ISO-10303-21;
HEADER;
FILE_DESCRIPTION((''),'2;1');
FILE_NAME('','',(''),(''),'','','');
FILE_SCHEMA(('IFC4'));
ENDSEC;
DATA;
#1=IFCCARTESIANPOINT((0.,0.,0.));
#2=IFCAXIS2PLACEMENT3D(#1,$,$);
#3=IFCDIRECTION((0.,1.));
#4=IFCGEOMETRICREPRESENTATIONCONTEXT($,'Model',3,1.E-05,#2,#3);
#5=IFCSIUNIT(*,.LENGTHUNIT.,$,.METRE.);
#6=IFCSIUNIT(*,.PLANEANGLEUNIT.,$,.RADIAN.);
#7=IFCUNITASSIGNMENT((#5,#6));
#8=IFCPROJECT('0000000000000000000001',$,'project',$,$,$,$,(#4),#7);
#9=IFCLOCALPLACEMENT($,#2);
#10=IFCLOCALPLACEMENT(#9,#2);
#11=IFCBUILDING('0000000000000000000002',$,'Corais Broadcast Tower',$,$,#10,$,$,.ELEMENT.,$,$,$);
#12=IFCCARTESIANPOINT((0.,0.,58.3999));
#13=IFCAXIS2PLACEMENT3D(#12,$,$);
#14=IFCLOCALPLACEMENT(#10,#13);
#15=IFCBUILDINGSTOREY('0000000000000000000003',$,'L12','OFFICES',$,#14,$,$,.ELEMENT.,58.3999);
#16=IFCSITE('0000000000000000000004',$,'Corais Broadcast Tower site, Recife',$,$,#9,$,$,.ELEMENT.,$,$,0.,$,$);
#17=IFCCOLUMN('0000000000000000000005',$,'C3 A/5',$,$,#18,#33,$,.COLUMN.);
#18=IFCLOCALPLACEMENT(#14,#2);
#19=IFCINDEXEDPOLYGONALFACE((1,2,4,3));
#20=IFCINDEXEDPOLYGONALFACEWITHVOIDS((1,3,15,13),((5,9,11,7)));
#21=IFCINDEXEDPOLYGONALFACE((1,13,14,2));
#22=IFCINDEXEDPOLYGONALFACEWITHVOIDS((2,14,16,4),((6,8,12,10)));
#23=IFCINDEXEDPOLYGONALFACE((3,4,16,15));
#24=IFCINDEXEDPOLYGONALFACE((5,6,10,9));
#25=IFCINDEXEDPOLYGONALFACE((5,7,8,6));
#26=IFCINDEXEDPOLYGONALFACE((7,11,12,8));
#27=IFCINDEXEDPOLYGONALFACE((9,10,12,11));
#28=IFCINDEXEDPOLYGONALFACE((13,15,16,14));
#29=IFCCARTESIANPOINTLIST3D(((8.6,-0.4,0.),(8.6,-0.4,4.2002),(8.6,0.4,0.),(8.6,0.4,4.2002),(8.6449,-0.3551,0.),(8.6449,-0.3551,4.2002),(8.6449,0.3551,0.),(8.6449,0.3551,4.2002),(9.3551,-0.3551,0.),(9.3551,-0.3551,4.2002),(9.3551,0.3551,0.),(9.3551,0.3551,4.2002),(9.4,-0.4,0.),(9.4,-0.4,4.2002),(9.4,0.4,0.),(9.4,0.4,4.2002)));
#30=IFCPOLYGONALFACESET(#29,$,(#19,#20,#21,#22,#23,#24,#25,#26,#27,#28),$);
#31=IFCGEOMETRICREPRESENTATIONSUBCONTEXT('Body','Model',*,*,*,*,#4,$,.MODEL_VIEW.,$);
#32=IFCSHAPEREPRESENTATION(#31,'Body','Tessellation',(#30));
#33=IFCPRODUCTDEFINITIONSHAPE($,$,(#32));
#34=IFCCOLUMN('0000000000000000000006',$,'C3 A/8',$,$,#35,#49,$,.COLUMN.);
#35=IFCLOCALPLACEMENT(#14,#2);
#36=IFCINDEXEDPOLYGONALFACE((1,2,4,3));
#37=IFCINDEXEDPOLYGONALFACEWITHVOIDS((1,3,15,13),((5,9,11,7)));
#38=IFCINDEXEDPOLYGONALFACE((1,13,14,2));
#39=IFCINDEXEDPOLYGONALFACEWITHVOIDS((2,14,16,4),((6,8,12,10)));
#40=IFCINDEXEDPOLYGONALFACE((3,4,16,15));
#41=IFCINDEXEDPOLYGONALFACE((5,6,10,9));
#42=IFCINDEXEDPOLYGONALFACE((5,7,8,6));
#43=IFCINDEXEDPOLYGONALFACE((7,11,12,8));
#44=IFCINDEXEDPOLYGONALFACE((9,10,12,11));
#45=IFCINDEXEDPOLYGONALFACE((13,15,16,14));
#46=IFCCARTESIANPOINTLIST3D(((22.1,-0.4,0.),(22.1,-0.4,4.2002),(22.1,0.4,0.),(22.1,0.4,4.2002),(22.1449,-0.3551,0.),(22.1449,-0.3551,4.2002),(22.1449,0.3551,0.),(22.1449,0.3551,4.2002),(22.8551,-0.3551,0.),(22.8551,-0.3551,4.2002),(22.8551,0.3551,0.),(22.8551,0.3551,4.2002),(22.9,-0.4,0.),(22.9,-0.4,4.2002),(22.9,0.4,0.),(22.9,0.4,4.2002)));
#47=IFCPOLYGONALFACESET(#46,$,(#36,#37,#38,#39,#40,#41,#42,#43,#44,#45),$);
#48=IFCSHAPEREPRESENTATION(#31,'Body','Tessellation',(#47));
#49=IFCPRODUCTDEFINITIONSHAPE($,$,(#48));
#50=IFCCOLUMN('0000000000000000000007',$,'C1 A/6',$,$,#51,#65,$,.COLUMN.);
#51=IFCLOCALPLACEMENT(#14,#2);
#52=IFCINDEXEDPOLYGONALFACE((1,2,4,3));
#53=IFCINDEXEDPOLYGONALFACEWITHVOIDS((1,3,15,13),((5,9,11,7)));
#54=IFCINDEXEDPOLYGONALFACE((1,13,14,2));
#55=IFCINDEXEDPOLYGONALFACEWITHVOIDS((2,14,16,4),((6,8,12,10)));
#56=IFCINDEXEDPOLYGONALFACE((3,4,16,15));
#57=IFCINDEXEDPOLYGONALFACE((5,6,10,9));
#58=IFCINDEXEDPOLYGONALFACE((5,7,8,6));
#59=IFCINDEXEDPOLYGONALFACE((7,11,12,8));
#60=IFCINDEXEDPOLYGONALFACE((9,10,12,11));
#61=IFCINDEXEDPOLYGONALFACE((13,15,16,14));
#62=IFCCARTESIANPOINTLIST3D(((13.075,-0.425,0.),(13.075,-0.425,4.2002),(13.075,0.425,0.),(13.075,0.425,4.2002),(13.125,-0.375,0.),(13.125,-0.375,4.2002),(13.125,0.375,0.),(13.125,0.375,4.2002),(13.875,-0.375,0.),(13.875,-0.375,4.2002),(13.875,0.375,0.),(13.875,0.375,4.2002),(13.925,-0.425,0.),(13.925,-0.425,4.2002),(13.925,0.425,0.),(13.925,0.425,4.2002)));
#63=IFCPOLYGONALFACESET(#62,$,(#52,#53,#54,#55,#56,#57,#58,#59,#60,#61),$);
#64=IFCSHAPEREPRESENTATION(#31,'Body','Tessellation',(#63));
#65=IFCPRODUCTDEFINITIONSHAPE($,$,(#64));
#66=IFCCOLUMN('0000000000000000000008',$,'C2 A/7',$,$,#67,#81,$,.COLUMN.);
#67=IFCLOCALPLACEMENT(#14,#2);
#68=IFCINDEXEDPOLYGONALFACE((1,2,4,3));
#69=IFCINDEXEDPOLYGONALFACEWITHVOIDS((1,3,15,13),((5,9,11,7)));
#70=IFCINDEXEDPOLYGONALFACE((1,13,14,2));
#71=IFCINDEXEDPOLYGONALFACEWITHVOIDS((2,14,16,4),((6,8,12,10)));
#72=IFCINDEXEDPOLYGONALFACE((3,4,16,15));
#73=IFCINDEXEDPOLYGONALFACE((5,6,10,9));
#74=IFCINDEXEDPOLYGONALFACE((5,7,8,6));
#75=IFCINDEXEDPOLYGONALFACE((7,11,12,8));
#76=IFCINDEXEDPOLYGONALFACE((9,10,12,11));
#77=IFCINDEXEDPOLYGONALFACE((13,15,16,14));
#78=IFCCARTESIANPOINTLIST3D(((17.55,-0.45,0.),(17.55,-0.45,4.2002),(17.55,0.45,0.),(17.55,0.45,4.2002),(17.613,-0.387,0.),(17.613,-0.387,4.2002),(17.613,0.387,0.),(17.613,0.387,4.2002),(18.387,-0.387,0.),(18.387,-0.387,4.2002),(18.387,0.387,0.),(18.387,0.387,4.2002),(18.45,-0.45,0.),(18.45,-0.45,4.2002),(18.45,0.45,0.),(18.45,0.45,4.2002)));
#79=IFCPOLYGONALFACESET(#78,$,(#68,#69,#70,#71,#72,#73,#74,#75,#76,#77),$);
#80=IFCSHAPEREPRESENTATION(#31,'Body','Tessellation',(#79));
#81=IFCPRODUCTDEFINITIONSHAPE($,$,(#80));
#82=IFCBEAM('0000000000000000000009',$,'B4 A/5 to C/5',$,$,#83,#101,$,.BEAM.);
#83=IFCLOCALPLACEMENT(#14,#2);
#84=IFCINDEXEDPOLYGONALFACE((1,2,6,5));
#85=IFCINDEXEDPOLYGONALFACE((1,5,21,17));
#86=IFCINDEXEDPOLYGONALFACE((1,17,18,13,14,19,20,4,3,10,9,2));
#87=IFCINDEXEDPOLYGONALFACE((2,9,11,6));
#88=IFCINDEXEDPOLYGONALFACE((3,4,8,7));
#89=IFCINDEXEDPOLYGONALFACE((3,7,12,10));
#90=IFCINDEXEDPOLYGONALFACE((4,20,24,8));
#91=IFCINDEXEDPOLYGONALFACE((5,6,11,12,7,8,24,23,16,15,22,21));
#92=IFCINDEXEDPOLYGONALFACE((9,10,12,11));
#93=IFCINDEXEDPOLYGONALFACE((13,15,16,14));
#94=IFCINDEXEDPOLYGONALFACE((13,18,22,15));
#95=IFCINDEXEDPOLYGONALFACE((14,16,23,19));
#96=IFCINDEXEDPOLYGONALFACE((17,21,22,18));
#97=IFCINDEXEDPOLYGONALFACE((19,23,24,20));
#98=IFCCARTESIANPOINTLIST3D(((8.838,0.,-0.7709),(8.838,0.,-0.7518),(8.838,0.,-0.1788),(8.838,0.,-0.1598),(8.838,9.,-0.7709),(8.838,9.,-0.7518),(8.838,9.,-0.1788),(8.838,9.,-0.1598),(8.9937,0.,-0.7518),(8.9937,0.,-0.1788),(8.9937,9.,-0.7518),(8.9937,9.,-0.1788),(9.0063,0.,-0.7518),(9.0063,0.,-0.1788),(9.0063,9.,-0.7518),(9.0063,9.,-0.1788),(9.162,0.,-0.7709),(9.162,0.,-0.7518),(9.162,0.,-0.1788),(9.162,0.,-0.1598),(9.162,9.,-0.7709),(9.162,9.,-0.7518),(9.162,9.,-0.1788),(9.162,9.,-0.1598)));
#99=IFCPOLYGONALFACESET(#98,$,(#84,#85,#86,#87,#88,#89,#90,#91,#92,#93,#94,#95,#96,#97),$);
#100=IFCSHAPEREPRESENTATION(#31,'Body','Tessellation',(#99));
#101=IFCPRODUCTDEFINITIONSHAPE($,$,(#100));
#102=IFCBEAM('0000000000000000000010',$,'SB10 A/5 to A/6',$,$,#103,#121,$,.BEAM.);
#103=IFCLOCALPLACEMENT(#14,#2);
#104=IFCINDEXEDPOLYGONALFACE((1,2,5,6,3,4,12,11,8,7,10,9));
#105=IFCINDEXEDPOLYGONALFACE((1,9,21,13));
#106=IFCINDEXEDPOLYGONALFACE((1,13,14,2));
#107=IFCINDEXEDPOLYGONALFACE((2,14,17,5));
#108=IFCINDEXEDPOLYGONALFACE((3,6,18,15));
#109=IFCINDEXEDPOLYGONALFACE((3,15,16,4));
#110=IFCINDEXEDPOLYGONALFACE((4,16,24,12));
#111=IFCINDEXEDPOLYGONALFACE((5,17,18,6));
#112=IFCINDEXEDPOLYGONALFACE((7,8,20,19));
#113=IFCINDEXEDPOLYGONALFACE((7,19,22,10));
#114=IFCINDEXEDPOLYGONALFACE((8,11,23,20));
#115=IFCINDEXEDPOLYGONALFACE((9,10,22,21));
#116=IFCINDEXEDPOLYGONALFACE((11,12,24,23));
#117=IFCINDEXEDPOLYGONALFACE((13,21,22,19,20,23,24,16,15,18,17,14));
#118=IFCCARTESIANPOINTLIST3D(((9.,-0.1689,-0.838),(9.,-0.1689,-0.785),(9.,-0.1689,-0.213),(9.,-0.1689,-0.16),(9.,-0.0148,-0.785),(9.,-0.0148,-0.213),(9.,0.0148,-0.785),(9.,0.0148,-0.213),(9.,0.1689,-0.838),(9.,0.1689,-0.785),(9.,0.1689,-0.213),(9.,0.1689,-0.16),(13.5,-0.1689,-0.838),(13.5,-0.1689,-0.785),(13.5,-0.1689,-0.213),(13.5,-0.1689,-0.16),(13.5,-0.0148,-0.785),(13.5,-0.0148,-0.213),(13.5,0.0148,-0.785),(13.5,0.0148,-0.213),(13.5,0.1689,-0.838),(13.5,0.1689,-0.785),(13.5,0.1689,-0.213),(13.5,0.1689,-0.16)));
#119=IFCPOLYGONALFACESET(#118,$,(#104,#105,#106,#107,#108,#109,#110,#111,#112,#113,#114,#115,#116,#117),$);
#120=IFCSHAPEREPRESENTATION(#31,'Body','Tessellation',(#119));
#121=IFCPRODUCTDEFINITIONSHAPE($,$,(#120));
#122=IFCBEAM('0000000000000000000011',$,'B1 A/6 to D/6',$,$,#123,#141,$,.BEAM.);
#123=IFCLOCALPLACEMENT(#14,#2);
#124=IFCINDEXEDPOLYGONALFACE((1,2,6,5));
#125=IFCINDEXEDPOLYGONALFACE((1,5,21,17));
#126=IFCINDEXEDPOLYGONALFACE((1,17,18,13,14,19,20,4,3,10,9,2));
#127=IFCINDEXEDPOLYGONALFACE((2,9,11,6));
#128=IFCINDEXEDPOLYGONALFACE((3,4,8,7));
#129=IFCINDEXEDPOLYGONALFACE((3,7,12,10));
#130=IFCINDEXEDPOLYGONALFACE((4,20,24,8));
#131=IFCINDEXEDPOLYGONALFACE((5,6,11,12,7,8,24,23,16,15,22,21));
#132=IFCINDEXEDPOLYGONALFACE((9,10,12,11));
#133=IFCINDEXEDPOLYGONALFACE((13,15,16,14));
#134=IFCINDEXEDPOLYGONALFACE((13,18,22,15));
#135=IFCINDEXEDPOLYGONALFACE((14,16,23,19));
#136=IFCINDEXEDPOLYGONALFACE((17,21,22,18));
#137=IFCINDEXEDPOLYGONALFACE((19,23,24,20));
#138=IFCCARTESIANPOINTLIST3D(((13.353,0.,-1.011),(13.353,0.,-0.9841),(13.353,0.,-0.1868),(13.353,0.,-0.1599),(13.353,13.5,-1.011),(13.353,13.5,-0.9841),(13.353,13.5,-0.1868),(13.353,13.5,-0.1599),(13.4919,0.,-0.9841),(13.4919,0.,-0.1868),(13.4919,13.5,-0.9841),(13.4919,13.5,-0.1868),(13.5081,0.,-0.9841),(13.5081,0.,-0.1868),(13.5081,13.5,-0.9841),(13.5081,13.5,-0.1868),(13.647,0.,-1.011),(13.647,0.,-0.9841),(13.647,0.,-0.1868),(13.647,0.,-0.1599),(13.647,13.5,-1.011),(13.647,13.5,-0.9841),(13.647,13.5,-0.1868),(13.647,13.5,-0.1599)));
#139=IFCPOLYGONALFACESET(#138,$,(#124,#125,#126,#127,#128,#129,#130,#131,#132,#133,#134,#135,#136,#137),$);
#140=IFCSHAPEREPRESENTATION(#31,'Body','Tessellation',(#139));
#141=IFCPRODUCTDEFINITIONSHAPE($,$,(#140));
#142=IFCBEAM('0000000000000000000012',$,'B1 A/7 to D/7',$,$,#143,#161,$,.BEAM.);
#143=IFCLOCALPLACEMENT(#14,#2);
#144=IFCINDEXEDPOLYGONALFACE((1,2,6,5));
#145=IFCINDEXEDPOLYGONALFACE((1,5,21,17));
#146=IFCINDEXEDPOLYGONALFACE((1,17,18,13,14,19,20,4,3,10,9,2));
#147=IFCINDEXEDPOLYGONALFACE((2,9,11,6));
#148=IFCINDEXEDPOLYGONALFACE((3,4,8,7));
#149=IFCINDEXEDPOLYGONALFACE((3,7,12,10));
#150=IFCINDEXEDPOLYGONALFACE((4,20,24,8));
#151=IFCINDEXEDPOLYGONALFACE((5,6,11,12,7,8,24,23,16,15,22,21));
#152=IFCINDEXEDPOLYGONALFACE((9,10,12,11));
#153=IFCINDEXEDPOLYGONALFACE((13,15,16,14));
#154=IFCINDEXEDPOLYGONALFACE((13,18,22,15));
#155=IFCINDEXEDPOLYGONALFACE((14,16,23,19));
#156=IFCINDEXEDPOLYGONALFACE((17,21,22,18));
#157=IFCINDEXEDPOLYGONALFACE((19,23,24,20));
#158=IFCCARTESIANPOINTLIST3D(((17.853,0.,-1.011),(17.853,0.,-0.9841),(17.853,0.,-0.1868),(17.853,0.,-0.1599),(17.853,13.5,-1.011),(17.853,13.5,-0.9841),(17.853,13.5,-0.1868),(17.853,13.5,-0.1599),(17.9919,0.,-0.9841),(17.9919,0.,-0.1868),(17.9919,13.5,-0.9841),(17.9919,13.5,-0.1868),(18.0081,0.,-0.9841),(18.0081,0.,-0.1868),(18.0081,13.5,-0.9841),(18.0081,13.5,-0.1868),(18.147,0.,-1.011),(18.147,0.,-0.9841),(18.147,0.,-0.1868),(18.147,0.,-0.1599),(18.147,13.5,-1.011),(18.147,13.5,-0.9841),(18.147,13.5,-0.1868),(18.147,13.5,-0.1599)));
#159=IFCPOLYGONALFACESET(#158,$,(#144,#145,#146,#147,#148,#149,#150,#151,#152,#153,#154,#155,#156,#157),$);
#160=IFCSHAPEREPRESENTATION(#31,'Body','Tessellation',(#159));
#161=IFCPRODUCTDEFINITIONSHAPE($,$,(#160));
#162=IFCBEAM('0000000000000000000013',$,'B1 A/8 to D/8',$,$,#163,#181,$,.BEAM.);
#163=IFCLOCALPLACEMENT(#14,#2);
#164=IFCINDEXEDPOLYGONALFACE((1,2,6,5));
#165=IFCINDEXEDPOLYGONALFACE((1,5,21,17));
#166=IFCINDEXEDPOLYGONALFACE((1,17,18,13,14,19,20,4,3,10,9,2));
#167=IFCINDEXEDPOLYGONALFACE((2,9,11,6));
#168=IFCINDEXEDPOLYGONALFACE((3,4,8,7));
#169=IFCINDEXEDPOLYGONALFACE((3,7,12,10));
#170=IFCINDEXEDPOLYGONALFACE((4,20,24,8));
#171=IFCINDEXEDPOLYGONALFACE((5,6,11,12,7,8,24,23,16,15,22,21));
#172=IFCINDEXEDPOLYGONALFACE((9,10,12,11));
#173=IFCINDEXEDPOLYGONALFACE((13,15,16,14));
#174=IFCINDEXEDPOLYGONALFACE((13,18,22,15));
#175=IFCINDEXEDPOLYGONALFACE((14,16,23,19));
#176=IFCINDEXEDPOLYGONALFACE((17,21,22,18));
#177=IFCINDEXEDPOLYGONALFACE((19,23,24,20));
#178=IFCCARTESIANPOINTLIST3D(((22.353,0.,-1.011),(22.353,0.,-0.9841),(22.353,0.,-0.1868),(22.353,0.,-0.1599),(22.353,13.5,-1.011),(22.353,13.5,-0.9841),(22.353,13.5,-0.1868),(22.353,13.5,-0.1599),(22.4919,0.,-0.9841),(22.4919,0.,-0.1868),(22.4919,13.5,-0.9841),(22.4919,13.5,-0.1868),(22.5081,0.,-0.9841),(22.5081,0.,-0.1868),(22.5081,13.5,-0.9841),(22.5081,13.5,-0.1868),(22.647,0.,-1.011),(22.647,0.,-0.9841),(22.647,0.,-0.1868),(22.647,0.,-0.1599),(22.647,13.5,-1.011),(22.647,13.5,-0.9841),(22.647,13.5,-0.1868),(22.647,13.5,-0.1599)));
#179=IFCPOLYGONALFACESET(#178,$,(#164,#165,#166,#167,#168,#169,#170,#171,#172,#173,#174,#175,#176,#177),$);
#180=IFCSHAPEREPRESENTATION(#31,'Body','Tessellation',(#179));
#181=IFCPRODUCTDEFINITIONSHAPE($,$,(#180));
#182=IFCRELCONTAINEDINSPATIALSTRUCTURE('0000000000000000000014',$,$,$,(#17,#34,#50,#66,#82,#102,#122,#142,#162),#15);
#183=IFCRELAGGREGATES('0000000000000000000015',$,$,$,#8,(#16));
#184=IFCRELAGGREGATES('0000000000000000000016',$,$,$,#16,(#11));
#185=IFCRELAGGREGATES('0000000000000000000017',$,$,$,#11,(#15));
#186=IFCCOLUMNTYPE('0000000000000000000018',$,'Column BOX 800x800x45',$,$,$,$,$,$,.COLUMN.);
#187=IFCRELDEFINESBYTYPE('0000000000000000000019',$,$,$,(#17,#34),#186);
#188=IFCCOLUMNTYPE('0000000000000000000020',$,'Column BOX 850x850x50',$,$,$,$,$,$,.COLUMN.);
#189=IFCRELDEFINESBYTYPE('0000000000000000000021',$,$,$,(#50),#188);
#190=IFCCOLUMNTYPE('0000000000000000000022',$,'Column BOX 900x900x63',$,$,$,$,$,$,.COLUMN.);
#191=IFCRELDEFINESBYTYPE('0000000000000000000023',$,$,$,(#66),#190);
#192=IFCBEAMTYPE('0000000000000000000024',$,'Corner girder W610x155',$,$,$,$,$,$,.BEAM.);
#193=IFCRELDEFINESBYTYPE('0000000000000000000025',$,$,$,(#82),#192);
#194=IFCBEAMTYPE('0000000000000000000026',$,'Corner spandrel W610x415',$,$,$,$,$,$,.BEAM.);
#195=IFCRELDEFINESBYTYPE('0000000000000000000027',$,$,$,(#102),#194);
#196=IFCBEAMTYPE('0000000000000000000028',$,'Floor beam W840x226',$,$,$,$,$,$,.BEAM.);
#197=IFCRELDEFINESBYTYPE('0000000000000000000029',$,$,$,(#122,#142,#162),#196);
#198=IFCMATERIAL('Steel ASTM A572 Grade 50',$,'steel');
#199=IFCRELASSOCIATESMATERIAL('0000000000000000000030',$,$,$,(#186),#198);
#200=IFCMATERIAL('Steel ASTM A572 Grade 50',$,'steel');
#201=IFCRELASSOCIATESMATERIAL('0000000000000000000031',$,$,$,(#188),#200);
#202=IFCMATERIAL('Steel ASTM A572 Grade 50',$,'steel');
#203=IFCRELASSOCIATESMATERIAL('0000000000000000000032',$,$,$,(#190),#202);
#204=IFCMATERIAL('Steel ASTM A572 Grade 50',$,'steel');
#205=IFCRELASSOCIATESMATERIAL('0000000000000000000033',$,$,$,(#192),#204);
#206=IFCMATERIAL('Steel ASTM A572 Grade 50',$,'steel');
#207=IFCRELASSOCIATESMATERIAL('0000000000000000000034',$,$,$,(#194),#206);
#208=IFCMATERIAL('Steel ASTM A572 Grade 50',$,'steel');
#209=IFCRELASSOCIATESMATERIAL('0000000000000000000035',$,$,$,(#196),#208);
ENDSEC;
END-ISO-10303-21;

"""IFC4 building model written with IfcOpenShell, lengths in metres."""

from ifc_helpers import new_model, si_unit, direction, frame, origin, origin_2d, place, context, subcontext, project, spatial, hollow_rectangle, i_section, extrude, material, material_profile, profile_set, type_object, element, save


model = new_model("IFC4")

# Units and contexts
model_context = context("Model", 3, precision=1e-05, world=origin(), true_north=direction((0.0, 1.0)))
body_context = subcontext(model_context, "Body", "Model", "MODEL_VIEW")
ifc_project = project(units=[si_unit("LENGTHUNIT", "METRE"), si_unit("PLANEANGLEUNIT", "RADIAN")], contexts=[model_context])

# Site, building, storey
site_placement = place(None, origin())
site = spatial("IfcSite", under=ifc_project, at=site_placement, Name="Corais Broadcast Tower site, Recife", CompositionType="ELEMENT", RefElevation=0.0)
building_placement = place(site_placement, origin())
building = spatial("IfcBuilding", under=site, at=building_placement, Name="Corais Broadcast Tower", CompositionType="ELEMENT")
storey_placement = place(building_placement, frame((0.0, 0.0, 58.3999)))
storey = spatial("IfcBuildingStorey", under=building, at=storey_placement, Name="L12", Description="OFFICES", CompositionType="ELEMENT", Elevation=58.3999)

# Columns
ifc_material_1 = material(Name="Steel ASTM A572 Grade 50", Category="steel")
ifc_material_profile_1 = material_profile(ifc_material_1, hollow_rectangle(XDim=0.8, YDim=0.8, WallThickness=0.0449, at=origin_2d()), Name="BOX 800x800x45")
ifc_profile_set_1 = profile_set([ifc_material_profile_1], Name="Steel ASTM A572 Grade 50")
column_type_1 = type_object("IfcColumnType", Name="Column BOX 800x800x45", PredefinedType="COLUMN", material=ifc_profile_set_1)
for number, where, z_axis, x_axis, name in (
    (1, (9.0, 0.0, 0.0), (0.0, 0.0, 1.0), (1.0, 0.0, 0.0), "C3 A/5"),
    (2, (22.5, 0.0, 0.0), (0.0, 0.0, 1.0), (1.0, 0.0, 0.0), "C3 A/8"),
):
    element("IfcColumn", number, at=place(storey_placement, frame(where, z_axis=z_axis, x_axis=x_axis)), inside=storey, type_object=column_type_1, Name=name, PredefinedType="COLUMN", context=body_context, shape_type="SweptSolid", body=[
        extrude(hollow_rectangle(XDim=0.8, YDim=0.8, WallThickness=0.0449, at=origin_2d()), origin(), (0.0, 0.0, 1.0), 4.2002),
    ])
ifc_material_2 = material(Name="Steel ASTM A572 Grade 50", Category="steel")
ifc_material_profile_2 = material_profile(ifc_material_2, hollow_rectangle(XDim=0.8501, YDim=0.8501, WallThickness=0.05, at=origin_2d()), Name="BOX 850x850x50")
ifc_profile_set_2 = profile_set([ifc_material_profile_2], Name="Steel ASTM A572 Grade 50")
column_type_2 = type_object("IfcColumnType", Name="Column BOX 850x850x50", PredefinedType="COLUMN", material=ifc_profile_set_2)
column_1_placement = place(storey_placement, frame((13.5, 0.0, 0.0), z_axis=(0.0, 0.0, 1.0), x_axis=(1.0, 0.0, 0.0)))
element("IfcColumn", 3, at=column_1_placement, inside=storey, type_object=column_type_2, Name="C1 A/6", PredefinedType="COLUMN", context=body_context, shape_type="SweptSolid", body=[
    extrude(hollow_rectangle(XDim=0.8501, YDim=0.8501, WallThickness=0.05, at=origin_2d()), origin(), (0.0, 0.0, 1.0), 4.2002),
])
ifc_material_3 = material(Name="Steel ASTM A572 Grade 50", Category="steel")
ifc_material_profile_3 = material_profile(ifc_material_3, hollow_rectangle(XDim=0.8999, YDim=0.8999, WallThickness=0.063, at=origin_2d()), Name="BOX 900x900x63")
ifc_profile_set_3 = profile_set([ifc_material_profile_3], Name="Steel ASTM A572 Grade 50")
column_type_3 = type_object("IfcColumnType", Name="Column BOX 900x900x63", PredefinedType="COLUMN", material=ifc_profile_set_3)
column_2_placement = place(storey_placement, frame((18.0, 0.0, 0.0), z_axis=(0.0, 0.0, 1.0), x_axis=(1.0, 0.0, 0.0)))
element("IfcColumn", 4, at=column_2_placement, inside=storey, type_object=column_type_3, Name="C2 A/7", PredefinedType="COLUMN", context=body_context, shape_type="SweptSolid", body=[
    extrude(hollow_rectangle(XDim=0.8999, YDim=0.8999, WallThickness=0.063, at=origin_2d()), origin(), (0.0, 0.0, 1.0), 4.2002),
])

# Beams
ifc_material_4 = material(Name="Steel ASTM A572 Grade 50", Category="steel")
ifc_material_profile_4 = material_profile(ifc_material_4, i_section(OverallWidth=0.324, OverallDepth=0.6111, WebThickness=0.0127, FlangeThickness=0.019, at=origin_2d()), Name="W610x155")
ifc_profile_set_4 = profile_set([ifc_material_profile_4], Name="Steel ASTM A572 Grade 50")
beam_type_1 = type_object("IfcBeamType", Name="Corner girder W610x155", PredefinedType="BEAM", material=ifc_profile_set_4)
beam_1_placement = place(storey_placement, frame((9.0, 0.0, -0.4653), z_axis=(0.0, 1.0, 0.0), x_axis=(-1.0, 0.0, 0.0)))
element("IfcBeam", 5, at=beam_1_placement, inside=storey, type_object=beam_type_1, Name="B4 A/5 to C/5", PredefinedType="BEAM", context=body_context, shape_type="SweptSolid", body=[
    extrude(i_section(OverallWidth=0.324, OverallDepth=0.6111, WebThickness=0.0127, FlangeThickness=0.019, at=origin_2d()), origin(), (0.0, 0.0, 1.0), 9.0),
])
ifc_material_5 = material(Name="Steel ASTM A572 Grade 50", Category="steel")
ifc_material_profile_5 = material_profile(ifc_material_5, i_section(OverallWidth=0.3379, OverallDepth=0.678, WebThickness=0.0295, FlangeThickness=0.053, at=origin_2d()), Name="W610x415")
ifc_profile_set_5 = profile_set([ifc_material_profile_5], Name="Steel ASTM A572 Grade 50")
beam_type_2 = type_object("IfcBeamType", Name="Corner spandrel W610x415", PredefinedType="BEAM", material=ifc_profile_set_5)
beam_2_placement = place(storey_placement, frame((9.0, 0.0, -0.499), z_axis=(1.0, 0.0, 0.0), x_axis=(0.0, 1.0, 0.0)))
element("IfcBeam", 6, at=beam_2_placement, inside=storey, type_object=beam_type_2, Name="SB10 A/5 to A/6", PredefinedType="BEAM", context=body_context, shape_type="SweptSolid", body=[
    extrude(i_section(OverallWidth=0.3379, OverallDepth=0.678, WebThickness=0.0295, FlangeThickness=0.053, at=origin_2d()), origin(), (0.0, 0.0, 1.0), 4.5),
])
ifc_material_6 = material(Name="Steel ASTM A572 Grade 50", Category="steel")
ifc_material_profile_6 = material_profile(ifc_material_6, i_section(OverallWidth=0.2939, OverallDepth=0.8511, WebThickness=0.0161, FlangeThickness=0.0269, at=origin_2d()), Name="W840x226")
ifc_profile_set_6 = profile_set([ifc_material_profile_6], Name="Steel ASTM A572 Grade 50")
beam_type_3 = type_object("IfcBeamType", Name="Floor beam W840x226", PredefinedType="BEAM", material=ifc_profile_set_6)
for number, where, z_axis, x_axis, name in (
    (7, (13.5, 0.0, -0.5854), (0.0, 1.0, 0.0), (-1.0, 0.0, 0.0), "B1 A/6 to D/6"),
    (8, (18.0, 0.0, -0.5854), (0.0, 1.0, 0.0), (-1.0, 0.0, 0.0), "B1 A/7 to D/7"),
    (9, (22.5, 0.0, -0.5854), (0.0, 1.0, 0.0), (-1.0, 0.0, 0.0), "B1 A/8 to D/8"),
):
    element("IfcBeam", number, at=place(storey_placement, frame(where, z_axis=z_axis, x_axis=x_axis)), inside=storey, type_object=beam_type_3, Name=name, PredefinedType="BEAM", context=body_context, shape_type="SweptSolid", body=[
        extrude(i_section(OverallWidth=0.2939, OverallDepth=0.8511, WebThickness=0.0161, FlangeThickness=0.0269, at=origin_2d()), origin(), (0.0, 0.0, 1.0), 13.5),
    ])

save(model, "model.ifc")
